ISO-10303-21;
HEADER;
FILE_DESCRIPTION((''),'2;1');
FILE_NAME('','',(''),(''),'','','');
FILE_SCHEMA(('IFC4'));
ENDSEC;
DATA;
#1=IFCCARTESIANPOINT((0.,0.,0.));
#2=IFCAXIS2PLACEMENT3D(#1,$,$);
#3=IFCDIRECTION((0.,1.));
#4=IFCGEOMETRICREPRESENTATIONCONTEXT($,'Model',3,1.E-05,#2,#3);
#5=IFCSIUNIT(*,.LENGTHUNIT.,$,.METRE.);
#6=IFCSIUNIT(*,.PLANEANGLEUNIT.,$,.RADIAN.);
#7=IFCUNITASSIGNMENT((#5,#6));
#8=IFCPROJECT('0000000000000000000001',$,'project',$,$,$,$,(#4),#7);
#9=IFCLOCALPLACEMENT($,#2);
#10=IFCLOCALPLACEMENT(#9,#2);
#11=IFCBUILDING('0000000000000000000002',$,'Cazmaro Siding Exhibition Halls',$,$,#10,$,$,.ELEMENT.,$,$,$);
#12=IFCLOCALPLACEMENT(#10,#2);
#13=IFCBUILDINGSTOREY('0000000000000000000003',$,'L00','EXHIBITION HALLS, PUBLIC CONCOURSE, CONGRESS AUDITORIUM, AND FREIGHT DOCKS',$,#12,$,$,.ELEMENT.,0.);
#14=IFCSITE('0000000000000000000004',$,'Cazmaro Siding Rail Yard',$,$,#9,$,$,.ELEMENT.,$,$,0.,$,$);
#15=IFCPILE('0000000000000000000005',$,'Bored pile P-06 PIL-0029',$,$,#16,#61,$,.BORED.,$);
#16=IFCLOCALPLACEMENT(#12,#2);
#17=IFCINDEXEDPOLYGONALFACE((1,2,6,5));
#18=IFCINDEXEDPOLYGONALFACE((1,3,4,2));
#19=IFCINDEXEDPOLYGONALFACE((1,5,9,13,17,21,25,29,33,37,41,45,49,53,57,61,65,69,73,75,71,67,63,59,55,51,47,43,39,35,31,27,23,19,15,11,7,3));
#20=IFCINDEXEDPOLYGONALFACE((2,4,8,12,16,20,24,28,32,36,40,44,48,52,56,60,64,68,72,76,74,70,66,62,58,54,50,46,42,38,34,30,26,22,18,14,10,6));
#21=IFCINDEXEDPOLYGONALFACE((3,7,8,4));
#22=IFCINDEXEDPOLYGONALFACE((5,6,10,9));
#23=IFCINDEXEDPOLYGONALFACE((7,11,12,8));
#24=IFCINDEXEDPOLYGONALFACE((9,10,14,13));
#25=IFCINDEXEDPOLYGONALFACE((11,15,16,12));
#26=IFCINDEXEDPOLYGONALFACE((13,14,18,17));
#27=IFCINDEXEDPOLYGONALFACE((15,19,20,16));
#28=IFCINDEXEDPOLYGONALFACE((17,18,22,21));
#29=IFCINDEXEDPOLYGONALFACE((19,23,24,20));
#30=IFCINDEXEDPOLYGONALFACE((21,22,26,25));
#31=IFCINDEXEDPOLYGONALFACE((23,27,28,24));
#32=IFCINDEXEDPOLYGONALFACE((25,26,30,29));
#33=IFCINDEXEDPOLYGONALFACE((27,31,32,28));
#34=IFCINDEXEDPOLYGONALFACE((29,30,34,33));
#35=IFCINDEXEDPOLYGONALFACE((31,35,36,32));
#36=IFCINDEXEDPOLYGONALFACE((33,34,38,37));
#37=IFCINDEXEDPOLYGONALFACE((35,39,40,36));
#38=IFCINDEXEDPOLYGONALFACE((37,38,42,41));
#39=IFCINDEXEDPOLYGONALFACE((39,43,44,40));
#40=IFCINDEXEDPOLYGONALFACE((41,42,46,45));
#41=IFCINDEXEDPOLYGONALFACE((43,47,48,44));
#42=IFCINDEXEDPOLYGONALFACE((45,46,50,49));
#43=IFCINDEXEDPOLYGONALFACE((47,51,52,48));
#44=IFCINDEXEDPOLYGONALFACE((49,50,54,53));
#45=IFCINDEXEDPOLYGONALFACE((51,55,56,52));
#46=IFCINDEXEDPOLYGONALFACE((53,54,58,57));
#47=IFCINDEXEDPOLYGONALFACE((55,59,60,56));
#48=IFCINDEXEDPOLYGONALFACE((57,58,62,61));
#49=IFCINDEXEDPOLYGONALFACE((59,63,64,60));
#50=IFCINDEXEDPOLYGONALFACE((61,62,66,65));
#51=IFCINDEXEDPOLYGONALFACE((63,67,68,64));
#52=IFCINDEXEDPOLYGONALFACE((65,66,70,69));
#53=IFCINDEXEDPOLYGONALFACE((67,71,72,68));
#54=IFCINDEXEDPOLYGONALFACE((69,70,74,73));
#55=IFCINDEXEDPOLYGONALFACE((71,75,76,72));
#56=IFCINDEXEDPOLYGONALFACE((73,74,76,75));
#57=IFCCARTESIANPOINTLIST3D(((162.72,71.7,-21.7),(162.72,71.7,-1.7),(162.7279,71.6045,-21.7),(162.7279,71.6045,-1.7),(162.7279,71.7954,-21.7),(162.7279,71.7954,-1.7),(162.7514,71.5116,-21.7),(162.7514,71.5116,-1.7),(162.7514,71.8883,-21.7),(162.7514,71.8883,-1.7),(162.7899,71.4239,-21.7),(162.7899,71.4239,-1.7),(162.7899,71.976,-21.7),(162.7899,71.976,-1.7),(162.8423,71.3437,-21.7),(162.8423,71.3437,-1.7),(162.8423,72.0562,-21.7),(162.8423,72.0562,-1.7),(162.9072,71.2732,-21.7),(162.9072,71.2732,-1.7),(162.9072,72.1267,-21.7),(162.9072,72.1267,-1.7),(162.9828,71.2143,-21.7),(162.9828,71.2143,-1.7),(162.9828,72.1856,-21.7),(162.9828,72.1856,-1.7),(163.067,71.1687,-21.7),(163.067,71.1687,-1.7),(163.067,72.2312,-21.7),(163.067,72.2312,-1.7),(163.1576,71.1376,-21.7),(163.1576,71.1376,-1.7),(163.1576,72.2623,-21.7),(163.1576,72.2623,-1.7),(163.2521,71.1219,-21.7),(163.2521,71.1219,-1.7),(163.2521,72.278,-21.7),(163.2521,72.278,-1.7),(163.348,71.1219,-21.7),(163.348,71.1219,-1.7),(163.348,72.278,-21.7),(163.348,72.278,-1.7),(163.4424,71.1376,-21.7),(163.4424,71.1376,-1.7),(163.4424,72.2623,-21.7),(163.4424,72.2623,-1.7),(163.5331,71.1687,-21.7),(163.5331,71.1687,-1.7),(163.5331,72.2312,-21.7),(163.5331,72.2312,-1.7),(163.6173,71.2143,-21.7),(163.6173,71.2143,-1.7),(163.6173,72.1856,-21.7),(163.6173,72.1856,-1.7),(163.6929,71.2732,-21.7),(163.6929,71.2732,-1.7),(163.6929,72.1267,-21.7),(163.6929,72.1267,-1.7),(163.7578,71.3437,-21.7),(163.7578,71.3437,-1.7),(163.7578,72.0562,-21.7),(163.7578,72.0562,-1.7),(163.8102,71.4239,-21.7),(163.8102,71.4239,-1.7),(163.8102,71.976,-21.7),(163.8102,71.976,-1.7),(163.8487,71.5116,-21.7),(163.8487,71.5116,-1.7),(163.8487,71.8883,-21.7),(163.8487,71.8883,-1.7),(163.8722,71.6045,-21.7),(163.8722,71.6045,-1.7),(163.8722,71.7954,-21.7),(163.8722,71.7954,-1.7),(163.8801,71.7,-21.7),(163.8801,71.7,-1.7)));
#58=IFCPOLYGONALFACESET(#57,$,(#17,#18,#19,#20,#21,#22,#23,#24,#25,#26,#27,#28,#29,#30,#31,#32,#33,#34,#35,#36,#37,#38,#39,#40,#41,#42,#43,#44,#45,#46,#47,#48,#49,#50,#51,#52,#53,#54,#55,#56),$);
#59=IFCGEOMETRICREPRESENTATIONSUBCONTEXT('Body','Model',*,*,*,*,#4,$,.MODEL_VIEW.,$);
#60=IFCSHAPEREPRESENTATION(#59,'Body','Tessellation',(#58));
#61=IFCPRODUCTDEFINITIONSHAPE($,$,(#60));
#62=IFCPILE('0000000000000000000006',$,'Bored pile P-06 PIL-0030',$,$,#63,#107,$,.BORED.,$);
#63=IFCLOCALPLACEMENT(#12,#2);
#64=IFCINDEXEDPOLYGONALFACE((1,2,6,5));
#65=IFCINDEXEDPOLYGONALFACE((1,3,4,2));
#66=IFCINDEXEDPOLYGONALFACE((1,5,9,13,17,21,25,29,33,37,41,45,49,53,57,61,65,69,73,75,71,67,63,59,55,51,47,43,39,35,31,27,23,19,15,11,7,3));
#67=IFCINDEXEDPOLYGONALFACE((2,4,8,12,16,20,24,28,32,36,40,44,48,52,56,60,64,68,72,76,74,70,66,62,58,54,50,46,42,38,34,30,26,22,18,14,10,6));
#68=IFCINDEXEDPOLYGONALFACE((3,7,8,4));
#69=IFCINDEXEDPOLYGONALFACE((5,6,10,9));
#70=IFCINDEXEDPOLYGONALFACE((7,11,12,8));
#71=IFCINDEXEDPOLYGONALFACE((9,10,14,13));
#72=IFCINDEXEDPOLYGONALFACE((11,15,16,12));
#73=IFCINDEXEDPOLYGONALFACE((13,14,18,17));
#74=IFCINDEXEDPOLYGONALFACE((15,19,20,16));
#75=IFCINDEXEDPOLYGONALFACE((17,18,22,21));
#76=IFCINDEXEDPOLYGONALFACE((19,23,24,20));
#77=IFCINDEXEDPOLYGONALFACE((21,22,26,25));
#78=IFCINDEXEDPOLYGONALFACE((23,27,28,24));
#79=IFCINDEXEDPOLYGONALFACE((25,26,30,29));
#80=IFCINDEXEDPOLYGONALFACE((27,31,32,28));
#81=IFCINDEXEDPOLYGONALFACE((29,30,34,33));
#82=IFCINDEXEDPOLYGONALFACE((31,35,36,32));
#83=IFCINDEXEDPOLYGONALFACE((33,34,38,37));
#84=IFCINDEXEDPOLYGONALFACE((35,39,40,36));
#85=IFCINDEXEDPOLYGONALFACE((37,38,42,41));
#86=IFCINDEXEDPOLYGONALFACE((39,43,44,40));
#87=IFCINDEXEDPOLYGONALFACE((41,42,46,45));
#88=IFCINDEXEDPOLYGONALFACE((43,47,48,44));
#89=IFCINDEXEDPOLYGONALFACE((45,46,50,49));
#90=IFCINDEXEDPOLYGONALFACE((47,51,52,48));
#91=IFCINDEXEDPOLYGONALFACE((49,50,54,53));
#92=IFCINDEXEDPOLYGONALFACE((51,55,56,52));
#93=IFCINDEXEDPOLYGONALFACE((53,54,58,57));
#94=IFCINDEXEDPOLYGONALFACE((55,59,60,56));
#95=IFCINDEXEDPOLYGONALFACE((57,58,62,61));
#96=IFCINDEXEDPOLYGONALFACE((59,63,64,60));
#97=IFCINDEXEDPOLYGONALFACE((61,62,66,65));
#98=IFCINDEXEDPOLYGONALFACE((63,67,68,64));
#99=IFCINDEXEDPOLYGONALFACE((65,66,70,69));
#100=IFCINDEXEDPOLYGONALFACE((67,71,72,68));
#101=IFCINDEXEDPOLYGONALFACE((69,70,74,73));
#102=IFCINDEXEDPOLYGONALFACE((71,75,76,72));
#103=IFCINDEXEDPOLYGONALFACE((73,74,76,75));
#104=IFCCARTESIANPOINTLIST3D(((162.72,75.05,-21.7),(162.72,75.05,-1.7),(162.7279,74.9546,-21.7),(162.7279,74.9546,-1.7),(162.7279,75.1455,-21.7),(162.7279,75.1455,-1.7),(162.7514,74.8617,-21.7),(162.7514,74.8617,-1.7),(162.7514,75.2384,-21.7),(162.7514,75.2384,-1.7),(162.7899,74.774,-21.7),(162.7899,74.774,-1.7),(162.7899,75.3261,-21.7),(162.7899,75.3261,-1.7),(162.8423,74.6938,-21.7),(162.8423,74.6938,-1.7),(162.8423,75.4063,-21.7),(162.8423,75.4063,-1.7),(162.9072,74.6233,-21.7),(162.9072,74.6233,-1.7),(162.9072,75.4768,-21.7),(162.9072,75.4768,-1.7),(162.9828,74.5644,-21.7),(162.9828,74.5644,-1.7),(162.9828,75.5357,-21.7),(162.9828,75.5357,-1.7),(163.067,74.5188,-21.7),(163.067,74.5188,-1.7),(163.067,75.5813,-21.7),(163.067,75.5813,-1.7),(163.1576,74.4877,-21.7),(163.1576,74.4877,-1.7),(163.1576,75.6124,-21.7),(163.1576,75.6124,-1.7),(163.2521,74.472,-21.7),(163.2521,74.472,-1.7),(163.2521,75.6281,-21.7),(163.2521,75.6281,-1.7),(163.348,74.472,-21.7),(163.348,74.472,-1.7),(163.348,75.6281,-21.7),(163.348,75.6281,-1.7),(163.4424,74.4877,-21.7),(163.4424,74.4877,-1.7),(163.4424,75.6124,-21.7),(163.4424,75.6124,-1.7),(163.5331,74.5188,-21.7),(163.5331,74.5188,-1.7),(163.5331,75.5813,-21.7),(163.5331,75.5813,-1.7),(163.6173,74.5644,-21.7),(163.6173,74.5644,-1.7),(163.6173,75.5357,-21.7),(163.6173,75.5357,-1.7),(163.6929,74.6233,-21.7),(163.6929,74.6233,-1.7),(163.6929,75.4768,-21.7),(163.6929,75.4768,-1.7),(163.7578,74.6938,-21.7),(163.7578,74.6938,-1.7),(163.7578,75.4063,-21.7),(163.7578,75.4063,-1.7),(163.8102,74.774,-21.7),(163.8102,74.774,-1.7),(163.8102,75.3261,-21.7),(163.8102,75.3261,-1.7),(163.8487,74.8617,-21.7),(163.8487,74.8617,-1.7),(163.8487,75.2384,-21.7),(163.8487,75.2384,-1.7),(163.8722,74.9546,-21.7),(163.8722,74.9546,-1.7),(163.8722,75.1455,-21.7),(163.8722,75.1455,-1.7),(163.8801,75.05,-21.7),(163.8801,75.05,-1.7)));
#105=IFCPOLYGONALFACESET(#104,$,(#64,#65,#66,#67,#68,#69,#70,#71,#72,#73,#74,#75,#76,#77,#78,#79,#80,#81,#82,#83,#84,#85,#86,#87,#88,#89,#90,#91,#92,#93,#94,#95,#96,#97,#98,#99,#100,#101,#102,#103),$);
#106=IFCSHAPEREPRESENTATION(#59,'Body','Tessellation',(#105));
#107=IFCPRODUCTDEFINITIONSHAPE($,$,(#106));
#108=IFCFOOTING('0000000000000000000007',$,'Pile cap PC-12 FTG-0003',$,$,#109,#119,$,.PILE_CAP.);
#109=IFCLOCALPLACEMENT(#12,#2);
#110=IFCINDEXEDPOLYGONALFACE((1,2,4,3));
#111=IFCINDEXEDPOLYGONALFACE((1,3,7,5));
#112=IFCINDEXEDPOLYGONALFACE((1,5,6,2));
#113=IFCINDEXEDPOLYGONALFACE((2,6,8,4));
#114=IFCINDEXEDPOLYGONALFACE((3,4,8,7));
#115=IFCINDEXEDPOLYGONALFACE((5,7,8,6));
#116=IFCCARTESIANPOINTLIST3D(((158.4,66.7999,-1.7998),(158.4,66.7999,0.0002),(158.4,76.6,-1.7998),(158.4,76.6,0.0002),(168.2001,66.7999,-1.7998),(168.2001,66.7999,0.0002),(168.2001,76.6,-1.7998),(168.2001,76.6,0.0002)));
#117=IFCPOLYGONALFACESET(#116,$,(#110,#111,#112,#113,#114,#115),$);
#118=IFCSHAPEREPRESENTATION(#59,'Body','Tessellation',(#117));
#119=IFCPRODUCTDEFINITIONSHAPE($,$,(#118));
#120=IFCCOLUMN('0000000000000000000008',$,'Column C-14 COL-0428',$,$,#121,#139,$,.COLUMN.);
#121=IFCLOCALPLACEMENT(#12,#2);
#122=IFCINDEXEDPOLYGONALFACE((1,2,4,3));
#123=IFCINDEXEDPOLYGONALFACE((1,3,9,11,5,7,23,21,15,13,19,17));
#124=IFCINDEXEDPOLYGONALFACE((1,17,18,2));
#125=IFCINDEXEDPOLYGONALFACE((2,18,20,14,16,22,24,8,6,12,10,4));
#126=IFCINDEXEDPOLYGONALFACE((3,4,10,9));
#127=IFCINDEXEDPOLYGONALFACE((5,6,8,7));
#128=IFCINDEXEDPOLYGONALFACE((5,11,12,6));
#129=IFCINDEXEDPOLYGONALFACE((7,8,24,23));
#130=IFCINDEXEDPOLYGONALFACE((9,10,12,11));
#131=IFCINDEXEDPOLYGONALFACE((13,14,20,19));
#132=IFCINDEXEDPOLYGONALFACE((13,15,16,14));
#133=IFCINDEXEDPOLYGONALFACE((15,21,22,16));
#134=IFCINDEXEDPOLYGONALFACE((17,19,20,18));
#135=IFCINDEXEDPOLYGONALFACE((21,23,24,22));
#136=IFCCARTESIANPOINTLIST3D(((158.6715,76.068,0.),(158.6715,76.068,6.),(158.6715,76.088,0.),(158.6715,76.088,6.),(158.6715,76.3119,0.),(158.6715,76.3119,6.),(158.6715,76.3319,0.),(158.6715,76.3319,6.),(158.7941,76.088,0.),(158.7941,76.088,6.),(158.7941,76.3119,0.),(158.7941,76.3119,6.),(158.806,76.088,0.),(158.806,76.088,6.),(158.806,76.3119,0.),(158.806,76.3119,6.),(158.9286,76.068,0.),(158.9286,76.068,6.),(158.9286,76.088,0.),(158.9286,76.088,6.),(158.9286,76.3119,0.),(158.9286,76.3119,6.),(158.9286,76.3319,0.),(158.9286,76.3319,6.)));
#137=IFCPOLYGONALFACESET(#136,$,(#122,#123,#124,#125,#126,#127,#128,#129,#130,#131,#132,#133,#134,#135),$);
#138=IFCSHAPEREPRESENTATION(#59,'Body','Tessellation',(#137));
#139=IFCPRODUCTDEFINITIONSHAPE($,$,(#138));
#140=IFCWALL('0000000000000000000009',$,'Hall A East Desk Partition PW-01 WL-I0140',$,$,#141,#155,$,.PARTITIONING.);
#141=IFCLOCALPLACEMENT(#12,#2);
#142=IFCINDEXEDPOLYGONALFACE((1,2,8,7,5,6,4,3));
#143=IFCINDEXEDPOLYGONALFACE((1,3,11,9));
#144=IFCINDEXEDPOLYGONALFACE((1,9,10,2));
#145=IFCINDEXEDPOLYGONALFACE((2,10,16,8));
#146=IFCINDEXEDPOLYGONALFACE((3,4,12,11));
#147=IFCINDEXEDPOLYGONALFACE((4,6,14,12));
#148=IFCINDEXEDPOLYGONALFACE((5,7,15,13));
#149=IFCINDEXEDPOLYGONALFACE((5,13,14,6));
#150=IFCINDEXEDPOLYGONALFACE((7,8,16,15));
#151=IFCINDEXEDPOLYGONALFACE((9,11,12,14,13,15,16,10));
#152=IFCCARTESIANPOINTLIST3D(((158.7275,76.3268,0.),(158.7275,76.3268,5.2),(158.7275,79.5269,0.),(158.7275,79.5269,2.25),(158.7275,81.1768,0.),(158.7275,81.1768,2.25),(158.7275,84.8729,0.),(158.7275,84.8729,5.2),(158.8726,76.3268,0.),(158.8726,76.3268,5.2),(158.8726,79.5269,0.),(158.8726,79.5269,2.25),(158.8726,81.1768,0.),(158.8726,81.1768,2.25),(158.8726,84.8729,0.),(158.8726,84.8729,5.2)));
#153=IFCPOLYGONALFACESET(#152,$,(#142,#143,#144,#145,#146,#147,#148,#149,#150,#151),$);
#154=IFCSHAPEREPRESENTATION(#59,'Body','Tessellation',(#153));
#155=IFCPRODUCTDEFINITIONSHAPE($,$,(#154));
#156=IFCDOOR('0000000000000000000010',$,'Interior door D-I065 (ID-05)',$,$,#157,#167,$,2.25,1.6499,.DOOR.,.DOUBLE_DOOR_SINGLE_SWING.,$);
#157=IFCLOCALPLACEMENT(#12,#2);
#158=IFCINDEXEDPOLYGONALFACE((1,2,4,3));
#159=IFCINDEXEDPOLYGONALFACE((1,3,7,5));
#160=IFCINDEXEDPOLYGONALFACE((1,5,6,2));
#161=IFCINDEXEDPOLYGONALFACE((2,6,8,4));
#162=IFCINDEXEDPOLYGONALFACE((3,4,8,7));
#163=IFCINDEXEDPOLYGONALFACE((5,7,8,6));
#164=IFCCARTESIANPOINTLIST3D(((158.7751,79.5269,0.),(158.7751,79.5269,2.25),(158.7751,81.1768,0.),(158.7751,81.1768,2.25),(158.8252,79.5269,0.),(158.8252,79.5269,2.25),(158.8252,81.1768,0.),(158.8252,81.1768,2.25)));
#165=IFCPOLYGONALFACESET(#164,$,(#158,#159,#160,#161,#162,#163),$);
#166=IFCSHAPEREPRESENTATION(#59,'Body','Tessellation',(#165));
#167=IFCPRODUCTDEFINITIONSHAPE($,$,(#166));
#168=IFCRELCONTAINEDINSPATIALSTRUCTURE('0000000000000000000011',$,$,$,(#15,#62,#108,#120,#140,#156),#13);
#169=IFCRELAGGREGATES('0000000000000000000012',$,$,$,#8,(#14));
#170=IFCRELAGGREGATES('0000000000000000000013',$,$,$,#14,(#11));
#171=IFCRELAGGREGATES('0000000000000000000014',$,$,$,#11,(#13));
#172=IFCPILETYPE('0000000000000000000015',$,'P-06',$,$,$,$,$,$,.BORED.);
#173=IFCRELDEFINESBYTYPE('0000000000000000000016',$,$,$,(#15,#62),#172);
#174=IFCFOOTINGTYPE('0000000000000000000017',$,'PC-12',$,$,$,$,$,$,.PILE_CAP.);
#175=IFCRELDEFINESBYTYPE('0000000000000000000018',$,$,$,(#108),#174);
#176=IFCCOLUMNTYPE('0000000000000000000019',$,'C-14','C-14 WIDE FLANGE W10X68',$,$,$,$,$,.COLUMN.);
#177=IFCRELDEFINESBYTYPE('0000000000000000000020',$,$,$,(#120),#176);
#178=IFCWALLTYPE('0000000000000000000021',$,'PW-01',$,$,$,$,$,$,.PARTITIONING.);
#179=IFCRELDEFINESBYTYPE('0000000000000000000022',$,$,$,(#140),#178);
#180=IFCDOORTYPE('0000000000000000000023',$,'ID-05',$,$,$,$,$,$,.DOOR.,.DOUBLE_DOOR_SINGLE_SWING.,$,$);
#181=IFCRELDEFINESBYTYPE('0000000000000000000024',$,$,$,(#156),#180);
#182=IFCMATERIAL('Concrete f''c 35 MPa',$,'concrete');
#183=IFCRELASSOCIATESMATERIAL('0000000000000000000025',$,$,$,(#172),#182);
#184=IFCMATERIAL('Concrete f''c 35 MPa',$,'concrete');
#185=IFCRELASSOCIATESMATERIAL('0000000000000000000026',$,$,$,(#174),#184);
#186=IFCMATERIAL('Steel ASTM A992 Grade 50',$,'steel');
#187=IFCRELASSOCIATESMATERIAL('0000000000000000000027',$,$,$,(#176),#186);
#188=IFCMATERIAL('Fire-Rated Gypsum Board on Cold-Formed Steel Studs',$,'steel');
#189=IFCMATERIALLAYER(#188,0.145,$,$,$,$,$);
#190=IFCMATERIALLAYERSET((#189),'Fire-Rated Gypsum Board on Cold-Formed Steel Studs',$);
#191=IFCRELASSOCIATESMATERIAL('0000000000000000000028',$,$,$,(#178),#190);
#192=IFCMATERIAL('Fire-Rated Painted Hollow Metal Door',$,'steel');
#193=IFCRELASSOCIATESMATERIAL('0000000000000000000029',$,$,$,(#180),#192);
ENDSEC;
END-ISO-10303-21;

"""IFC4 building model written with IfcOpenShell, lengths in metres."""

from ifc_helpers import new_model, si_unit, direction, frame, frame_2d, origin, origin_2d, place, context, subcontext, project, spatial, rectangle, circle, i_section, extrude, material, layer, layer_set, material_profile, profile_set, type_object, element, fill, save


model = new_model("IFC4")

# Units and contexts
model_context = context("Model", 3, precision=1e-05, world=origin(), true_north=direction((0.0, 1.0)))
body_context = subcontext(model_context, "Body", "Model", "MODEL_VIEW")
ifc_project = project(units=[si_unit("LENGTHUNIT", "METRE"), si_unit("PLANEANGLEUNIT", "RADIAN")], contexts=[model_context])

# Site, building, storey
site_placement = place(None, origin())
site = spatial("IfcSite", under=ifc_project, at=site_placement, Name="Cazmaro Siding Rail Yard", CompositionType="ELEMENT", RefElevation=0.0)
building_placement = place(site_placement, origin())
building = spatial("IfcBuilding", under=site, at=building_placement, Name="Cazmaro Siding Exhibition Halls", CompositionType="ELEMENT")
storey_placement = place(building_placement, origin())
storey = spatial("IfcBuildingStorey", under=building, at=storey_placement, Name="L00", Description="EXHIBITION HALLS, PUBLIC CONCOURSE, CONGRESS AUDITORIUM, AND FREIGHT DOCKS", CompositionType="ELEMENT", Elevation=0.0)

# Piles
ifc_material_1 = material(Name="Concrete f'c 35 MPa", Category="concrete")
ifc_material_profile_1 = material_profile(ifc_material_1, circle(Radius=0.5801, at=origin_2d()), Name="CIDH-1160")
ifc_profile_set_1 = profile_set([ifc_material_profile_1], Name="Concrete f'c 35 MPa")
pile_type = type_object("IfcPileType", Name="P-06", PredefinedType="BORED", material=ifc_profile_set_1)
for number, where, z_axis, x_axis, name in (
    (1, (163.3, 71.7, -1.7), (0.0, 0.0, -1.0), (1.0, 0.0, 0.0), "Bored pile P-06 PIL-0029"),
    (2, (163.3, 75.05, -1.7), (0.0, 0.0, -1.0), (1.0, 0.0, 0.0), "Bored pile P-06 PIL-0030"),
):
    element("IfcPile", number, at=place(storey_placement, frame(where, z_axis=z_axis, x_axis=x_axis)), inside=storey, type_object=pile_type, Name=name, PredefinedType="BORED", context=body_context, shape_type="SweptSolid", body=[
        extrude(circle(Radius=0.5801, at=origin_2d()), origin(), (0.0, 0.0, 1.0), 20.0),
    ])

# Footing
ifc_material_2 = material(Name="Concrete f'c 35 MPa", Category="concrete")
footing_type = type_object("IfcFootingType", Name="PC-12", PredefinedType="PILE_CAP", material=ifc_material_2)
footing_placement = place(storey_placement, frame((163.3, 71.7, -1.7998), z_axis=(0.0, 0.0, 1.0), x_axis=(1.0, 0.0, 0.0)))
element("IfcFooting", 3, at=footing_placement, inside=storey, type_object=footing_type, Name="Pile cap PC-12 FTG-0003", PredefinedType="PILE_CAP", context=body_context, shape_type="SweptSolid", body=[
    extrude(rectangle(XDim=9.8, YDim=9.8, at=origin_2d()), origin(), (0.0, 0.0, 1.0), 1.8),
])

# Column
ifc_material_3 = material(Name="Steel ASTM A992 Grade 50", Category="steel")
ifc_material_profile_2 = material_profile(ifc_material_3, i_section(OverallWidth=0.2571, OverallDepth=0.2639, WebThickness=0.012, FlangeThickness=0.02, at=origin_2d()), Name="W10X68")
ifc_profile_set_2 = profile_set([ifc_material_profile_2], Name="Steel ASTM A992 Grade 50")
column_type = type_object("IfcColumnType", Name="C-14", Description="C-14 WIDE FLANGE W10X68", PredefinedType="COLUMN", material=ifc_profile_set_2)
column_placement = place(storey_placement, frame((158.8, 76.2, 0.0), z_axis=(0.0, 0.0, 1.0), x_axis=(1.0, 0.0, 0.0)))
element("IfcColumn", 4, at=column_placement, inside=storey, type_object=column_type, Name="Column C-14 COL-0428", PredefinedType="COLUMN", context=body_context, shape_type="SweptSolid", body=[
    extrude(i_section(OverallWidth=0.2571, OverallDepth=0.2639, WebThickness=0.012, FlangeThickness=0.02, at=origin_2d()), origin(), (0.0, 0.0, 1.0), 6.0),
])

# Wall, opening, door
ifc_material_4 = material(Name="Fire-Rated Gypsum Board on Cold-Formed Steel Studs", Category="steel")
ifc_layer_1 = layer(ifc_material_4, 0.145)
ifc_layer_set_1 = layer_set([ifc_layer_1], Name="Fire-Rated Gypsum Board on Cold-Formed Steel Studs")
wall_type_1 = type_object("IfcWallType", Name="PW-01", PredefinedType="PARTITIONING", material=ifc_layer_set_1)
wall_1_placement = place(storey_placement, frame((158.8, 76.3269, 0.0), z_axis=(0.0, 0.0, 1.0), x_axis=(0.0, 1.0, 0.0)))
wall_1 = element("IfcWall", 5, at=wall_1_placement, inside=storey, type_object=wall_type_1, Name="Hall A East Desk Partition PW-01 WL-I0140", PredefinedType="PARTITIONING", context=body_context, shape_type="SweptSolid", body=[
    extrude(rectangle(XDim=8.5461, YDim=0.145, at=frame_2d((4.2729, 0.0))), origin(), (0.0, 0.0, 1.0), 5.2),
])
opening_1_placement = place(wall_1_placement, frame((3.2, 0.0, 0.0)))
opening_1 = element("IfcOpeningElement", 6, at=opening_1_placement, cuts=wall_1, PredefinedType="OPENING", context=body_context, shape_type="SweptSolid", body=[
    extrude(rectangle(XDim=1.6499, YDim=2.25, at=frame_2d((0.825, 1.125))), frame((0.0, 0.0825, 0.0), z_axis=(0.0, -1.0, 0.0), x_axis=(1.0, 0.0, 0.0)), (0.0, 0.0, 1.0), 0.165),
])
ifc_material_5 = material(Name="Fire-Rated Painted Hollow Metal Door", Category="steel")
door_type_1 = type_object("IfcDoorType", Name="ID-05", OperationType="DOUBLE_DOOR_SINGLE_SWING", PredefinedType="DOOR", material=ifc_material_5)
door_1_placement = place(opening_1_placement, origin())
door_1 = element("IfcDoor", 7, at=door_1_placement, inside=storey, type_object=door_type_1, Name="Interior door D-I065 (ID-05)", OperationType="DOUBLE_DOOR_SINGLE_SWING", OverallHeight=2.25, OverallWidth=1.6499, PredefinedType="DOOR", context=body_context, shape_type="SweptSolid", body=[
    extrude(rectangle(XDim=1.6499, YDim=2.25, at=frame_2d((0.825, 1.125))), frame((0.0, 0.0249, 0.0), z_axis=(0.0, -1.0, 0.0), x_axis=(1.0, 0.0, 0.0)), (0.0, 0.0, 1.0), 0.05),
])
fill(opening_1, door_1)

save(model, "model.ifc")
